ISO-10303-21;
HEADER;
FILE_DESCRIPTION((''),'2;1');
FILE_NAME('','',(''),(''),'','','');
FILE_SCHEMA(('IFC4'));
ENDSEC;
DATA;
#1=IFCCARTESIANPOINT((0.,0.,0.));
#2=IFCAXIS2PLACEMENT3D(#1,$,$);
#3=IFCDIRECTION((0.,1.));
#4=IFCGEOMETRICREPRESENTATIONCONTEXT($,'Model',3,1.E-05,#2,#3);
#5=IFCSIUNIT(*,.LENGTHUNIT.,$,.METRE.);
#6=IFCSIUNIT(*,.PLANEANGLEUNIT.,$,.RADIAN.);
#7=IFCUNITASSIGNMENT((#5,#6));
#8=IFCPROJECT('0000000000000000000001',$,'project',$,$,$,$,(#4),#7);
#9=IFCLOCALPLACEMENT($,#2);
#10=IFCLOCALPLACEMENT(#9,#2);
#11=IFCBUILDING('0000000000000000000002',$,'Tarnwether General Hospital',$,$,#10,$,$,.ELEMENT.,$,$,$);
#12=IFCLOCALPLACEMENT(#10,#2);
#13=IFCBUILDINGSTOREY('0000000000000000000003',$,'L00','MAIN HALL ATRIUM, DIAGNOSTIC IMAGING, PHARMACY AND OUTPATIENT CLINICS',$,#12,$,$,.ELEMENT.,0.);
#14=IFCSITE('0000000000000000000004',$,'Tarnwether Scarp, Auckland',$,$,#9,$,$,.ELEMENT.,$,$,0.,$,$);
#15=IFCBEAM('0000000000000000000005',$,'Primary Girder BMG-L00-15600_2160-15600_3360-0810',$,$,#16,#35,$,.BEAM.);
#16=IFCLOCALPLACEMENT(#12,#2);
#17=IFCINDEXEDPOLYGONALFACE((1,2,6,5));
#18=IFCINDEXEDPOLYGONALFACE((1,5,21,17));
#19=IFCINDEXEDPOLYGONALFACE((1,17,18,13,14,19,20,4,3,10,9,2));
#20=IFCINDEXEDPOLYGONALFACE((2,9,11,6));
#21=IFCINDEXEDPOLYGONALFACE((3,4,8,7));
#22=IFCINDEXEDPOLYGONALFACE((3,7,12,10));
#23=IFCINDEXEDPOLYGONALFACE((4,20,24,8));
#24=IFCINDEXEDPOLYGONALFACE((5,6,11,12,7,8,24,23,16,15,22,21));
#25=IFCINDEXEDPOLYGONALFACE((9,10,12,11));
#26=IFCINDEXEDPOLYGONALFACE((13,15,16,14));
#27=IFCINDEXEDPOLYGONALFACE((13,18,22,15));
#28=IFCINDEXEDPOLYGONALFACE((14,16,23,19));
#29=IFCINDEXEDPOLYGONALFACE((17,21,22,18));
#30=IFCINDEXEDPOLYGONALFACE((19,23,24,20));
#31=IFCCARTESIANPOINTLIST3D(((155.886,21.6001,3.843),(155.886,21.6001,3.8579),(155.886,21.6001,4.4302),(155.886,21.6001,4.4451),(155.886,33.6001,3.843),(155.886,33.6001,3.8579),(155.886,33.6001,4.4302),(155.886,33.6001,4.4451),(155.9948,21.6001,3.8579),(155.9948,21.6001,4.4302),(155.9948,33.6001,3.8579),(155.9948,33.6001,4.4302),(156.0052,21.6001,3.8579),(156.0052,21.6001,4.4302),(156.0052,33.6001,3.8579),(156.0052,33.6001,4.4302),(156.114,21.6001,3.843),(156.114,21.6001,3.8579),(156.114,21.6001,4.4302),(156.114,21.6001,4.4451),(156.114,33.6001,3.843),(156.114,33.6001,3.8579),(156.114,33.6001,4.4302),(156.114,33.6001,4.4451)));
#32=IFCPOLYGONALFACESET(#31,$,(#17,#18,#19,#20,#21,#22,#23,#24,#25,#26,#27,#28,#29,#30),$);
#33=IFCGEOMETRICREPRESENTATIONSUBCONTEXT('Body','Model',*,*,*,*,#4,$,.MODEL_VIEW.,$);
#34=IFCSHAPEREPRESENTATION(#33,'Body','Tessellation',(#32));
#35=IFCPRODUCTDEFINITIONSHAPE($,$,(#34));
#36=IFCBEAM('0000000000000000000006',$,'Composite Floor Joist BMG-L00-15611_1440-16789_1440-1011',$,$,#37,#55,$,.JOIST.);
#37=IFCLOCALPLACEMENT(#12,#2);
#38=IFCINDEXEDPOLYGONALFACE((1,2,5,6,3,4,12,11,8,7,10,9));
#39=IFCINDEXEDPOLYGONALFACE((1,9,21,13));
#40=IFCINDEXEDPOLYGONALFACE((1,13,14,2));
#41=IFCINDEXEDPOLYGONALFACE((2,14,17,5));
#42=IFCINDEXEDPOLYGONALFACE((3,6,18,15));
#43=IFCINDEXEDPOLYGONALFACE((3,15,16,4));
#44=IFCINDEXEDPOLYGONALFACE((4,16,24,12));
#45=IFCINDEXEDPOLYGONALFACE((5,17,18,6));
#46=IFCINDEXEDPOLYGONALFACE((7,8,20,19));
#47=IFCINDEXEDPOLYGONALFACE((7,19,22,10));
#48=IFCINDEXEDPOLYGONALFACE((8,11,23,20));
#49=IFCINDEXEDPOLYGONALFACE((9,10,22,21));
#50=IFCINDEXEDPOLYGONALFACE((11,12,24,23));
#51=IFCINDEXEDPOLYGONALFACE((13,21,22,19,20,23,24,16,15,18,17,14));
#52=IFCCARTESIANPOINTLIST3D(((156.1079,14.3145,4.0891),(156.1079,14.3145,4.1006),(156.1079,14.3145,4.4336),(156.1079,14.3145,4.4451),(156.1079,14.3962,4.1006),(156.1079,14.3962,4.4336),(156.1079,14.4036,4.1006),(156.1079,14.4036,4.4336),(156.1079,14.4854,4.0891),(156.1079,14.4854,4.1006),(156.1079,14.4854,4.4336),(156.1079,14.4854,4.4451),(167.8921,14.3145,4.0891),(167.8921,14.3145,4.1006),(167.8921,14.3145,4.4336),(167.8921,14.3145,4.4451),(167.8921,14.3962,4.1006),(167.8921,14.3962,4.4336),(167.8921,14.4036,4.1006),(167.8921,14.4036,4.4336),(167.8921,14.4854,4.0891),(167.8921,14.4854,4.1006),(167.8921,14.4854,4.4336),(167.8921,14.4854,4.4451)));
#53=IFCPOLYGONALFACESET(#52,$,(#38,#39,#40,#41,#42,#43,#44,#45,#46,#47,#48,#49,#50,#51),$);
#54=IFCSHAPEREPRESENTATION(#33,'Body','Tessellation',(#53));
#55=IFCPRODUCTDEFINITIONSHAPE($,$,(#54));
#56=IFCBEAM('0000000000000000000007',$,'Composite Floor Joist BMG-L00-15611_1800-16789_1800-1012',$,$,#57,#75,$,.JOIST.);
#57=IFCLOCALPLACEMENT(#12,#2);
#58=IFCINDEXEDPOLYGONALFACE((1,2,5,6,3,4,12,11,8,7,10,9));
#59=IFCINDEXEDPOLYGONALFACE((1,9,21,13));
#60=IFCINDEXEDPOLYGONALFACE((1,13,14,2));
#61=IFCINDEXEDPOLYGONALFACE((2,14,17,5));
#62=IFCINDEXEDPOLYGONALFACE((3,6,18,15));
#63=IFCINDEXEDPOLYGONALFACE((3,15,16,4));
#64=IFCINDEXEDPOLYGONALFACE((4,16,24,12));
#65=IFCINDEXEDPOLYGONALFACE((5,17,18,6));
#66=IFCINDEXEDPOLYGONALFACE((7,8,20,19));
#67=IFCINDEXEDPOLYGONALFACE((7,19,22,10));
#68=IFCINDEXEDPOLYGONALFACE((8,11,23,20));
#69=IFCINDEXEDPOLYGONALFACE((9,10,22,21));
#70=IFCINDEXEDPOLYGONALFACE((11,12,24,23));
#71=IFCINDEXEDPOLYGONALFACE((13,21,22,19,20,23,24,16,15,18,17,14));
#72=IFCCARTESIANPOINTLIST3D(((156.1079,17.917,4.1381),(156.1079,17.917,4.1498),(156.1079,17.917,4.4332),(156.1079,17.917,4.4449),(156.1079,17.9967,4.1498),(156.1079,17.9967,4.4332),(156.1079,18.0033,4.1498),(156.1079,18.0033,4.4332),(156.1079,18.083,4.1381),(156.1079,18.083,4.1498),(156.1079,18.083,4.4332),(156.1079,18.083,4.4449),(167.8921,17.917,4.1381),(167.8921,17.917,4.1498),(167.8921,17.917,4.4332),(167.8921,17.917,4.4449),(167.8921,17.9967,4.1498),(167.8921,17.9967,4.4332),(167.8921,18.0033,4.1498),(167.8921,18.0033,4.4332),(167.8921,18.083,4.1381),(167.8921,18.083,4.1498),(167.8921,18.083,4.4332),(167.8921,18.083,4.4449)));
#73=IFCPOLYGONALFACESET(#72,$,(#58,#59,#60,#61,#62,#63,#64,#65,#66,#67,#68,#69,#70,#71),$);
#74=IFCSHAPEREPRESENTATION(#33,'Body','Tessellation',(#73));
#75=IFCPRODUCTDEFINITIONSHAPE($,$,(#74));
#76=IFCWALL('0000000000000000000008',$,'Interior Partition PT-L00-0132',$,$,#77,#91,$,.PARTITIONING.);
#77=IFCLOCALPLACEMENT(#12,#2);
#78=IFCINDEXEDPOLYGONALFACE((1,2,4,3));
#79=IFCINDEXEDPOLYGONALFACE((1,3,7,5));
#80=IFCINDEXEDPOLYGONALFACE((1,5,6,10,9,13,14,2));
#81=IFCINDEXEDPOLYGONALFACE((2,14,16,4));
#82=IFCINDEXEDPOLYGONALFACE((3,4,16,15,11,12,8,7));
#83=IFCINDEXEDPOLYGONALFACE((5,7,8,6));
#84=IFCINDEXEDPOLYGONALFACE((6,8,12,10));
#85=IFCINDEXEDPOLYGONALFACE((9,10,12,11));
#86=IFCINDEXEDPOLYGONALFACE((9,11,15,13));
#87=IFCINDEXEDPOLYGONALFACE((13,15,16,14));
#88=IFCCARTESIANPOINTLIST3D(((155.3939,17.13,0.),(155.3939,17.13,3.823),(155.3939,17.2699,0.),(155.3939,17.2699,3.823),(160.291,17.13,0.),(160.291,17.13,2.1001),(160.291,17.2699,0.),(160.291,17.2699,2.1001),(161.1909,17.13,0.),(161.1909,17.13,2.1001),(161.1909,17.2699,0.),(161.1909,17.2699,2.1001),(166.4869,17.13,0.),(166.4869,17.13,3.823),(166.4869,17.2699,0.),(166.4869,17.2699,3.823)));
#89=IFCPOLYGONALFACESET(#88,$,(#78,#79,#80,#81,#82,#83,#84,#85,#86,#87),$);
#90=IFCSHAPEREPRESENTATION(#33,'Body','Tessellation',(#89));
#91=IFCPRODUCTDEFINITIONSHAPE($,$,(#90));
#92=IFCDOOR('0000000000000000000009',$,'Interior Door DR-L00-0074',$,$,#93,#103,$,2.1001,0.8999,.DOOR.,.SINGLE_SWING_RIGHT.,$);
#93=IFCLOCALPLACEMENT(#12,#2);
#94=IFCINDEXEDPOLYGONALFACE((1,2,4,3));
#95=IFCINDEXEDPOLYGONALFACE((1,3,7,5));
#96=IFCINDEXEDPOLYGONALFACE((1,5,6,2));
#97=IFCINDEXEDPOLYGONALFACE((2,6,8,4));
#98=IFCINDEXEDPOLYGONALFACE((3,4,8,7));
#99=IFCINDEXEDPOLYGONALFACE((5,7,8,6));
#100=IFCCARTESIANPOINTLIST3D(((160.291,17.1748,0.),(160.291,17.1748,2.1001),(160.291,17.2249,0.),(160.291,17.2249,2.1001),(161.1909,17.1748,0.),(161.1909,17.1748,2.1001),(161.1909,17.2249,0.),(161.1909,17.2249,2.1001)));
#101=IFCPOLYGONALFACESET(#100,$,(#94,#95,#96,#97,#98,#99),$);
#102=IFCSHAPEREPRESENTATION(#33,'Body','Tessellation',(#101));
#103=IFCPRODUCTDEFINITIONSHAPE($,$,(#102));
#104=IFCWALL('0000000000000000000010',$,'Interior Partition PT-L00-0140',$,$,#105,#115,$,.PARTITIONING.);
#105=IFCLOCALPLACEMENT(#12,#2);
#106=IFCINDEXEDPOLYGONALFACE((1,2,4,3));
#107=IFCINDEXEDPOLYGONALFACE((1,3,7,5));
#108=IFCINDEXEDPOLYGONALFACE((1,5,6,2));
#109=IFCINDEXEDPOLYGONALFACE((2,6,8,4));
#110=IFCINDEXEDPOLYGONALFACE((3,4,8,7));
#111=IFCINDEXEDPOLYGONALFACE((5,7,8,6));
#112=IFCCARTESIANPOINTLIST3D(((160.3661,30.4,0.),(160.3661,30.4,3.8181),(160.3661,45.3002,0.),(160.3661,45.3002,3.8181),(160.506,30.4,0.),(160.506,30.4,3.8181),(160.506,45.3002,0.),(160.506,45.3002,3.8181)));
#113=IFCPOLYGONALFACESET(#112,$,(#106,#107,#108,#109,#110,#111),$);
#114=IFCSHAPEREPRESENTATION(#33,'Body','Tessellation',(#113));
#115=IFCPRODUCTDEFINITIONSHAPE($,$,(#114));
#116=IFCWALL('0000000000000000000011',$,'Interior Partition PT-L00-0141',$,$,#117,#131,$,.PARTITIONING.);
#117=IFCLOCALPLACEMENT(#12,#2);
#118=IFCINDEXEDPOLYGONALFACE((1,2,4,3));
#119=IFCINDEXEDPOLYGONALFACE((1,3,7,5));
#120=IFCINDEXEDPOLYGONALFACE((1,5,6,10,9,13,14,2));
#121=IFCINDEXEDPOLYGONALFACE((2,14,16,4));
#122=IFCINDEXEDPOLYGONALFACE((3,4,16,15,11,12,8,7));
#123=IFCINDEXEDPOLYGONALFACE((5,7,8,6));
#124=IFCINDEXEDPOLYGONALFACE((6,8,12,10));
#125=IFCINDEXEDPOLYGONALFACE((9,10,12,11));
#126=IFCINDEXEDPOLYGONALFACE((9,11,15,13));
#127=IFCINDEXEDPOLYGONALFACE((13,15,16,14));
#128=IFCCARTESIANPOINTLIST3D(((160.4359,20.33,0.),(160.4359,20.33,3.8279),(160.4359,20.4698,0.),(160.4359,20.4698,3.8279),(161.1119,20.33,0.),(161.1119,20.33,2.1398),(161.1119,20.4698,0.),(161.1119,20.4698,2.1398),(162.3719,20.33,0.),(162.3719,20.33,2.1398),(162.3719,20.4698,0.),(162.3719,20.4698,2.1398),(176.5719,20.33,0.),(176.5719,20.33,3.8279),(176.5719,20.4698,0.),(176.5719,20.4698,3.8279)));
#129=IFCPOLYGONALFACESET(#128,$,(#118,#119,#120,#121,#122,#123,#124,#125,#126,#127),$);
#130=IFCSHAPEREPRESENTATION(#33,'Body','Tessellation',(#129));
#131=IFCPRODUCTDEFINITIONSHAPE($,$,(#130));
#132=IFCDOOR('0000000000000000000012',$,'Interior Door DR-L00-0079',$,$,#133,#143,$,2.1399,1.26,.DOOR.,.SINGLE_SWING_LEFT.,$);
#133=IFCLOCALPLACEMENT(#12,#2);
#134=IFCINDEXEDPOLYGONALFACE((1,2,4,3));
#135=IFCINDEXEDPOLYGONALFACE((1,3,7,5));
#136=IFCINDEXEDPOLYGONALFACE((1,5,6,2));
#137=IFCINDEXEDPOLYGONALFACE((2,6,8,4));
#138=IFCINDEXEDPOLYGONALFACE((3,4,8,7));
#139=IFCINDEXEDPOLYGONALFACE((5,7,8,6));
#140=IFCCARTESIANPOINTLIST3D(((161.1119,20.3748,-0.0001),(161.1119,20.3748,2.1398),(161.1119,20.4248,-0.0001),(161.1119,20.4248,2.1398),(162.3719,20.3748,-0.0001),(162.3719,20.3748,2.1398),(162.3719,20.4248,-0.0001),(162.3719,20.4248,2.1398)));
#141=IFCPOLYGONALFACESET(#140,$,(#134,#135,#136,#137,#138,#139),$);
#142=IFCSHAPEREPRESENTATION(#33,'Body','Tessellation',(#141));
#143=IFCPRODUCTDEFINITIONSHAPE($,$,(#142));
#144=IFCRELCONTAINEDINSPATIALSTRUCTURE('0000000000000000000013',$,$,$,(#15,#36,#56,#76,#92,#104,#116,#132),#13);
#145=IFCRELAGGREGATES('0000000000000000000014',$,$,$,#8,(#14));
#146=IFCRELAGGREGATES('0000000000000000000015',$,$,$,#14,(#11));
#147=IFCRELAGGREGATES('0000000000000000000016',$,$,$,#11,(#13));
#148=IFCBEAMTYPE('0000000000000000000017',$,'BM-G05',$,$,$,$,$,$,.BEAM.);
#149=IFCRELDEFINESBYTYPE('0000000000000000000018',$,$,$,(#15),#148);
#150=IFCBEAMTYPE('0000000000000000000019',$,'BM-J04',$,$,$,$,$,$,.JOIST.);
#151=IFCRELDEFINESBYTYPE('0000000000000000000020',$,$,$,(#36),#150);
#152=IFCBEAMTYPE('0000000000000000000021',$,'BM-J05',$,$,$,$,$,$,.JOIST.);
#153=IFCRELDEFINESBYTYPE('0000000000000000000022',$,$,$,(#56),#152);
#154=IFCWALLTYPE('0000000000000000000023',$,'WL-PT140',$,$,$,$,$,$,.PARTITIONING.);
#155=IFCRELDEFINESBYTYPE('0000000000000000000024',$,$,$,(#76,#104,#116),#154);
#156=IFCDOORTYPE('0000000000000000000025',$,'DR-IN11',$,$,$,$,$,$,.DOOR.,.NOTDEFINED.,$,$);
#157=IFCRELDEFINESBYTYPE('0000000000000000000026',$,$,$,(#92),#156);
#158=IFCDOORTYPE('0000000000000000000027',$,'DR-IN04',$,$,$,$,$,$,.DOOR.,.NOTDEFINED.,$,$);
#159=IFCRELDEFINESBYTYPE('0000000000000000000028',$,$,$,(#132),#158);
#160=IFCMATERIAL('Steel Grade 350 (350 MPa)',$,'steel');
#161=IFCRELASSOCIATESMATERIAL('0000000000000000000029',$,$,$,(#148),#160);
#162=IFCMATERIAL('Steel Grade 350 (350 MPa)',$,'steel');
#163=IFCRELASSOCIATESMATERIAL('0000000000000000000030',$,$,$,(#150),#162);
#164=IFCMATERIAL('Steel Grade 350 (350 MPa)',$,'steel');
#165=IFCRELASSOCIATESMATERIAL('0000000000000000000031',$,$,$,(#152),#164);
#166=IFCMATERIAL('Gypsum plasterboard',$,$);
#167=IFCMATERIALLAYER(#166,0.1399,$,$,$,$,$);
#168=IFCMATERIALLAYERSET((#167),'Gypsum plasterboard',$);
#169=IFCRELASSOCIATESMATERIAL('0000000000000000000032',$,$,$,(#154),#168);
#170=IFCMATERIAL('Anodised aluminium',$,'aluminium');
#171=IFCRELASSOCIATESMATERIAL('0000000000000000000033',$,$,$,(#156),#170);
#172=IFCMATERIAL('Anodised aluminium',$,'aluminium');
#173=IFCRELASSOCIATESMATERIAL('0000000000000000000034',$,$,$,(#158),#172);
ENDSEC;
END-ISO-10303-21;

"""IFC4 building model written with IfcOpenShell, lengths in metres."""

from ifc_helpers import new_model, si_unit, direction, frame, frame_2d, origin, origin_2d, place, context, subcontext, project, spatial, rectangle, i_section, extrude, material, layer, layer_set, material_profile, profile_set, type_object, element, fill, save


model = new_model("IFC4")

# Units and contexts
model_context = context("Model", 3, precision=1e-05, world=origin(), true_north=direction((0.0, 1.0)))
body_context = subcontext(model_context, "Body", "Model", "MODEL_VIEW")
ifc_project = project(units=[si_unit("LENGTHUNIT", "METRE"), si_unit("PLANEANGLEUNIT", "RADIAN")], contexts=[model_context])

# Site, building, storey
site_placement = place(None, origin())
site = spatial("IfcSite", under=ifc_project, at=site_placement, Name="Tarnwether Scarp, Auckland", CompositionType="ELEMENT", RefElevation=0.0)
building_placement = place(site_placement, origin())
building = spatial("IfcBuilding", under=site, at=building_placement, Name="Tarnwether General Hospital", CompositionType="ELEMENT")
storey_placement = place(building_placement, origin())
storey = spatial("IfcBuildingStorey", under=building, at=storey_placement, Name="L00", Description="MAIN HALL ATRIUM, DIAGNOSTIC IMAGING, PHARMACY AND OUTPATIENT CLINICS", CompositionType="ELEMENT", Elevation=0.0)

# Beams
ifc_material_1 = material(Name="Steel Grade 350 (350 MPa)", Category="steel")
ifc_material_profile_1 = material_profile(ifc_material_1, i_section(OverallWidth=0.228, OverallDepth=0.6021, WebThickness=0.0105, FlangeThickness=0.0149, at=origin_2d()), Name="610UB101")
ifc_profile_set_1 = profile_set([ifc_material_profile_1], Name="Steel Grade 350 (350 MPa)")
beam_type_1 = type_object("IfcBeamType", Name="BM-G05", PredefinedType="BEAM", material=ifc_profile_set_1)
beam_1_placement = place(storey_placement, frame((156.0, 21.6001, 4.144), z_axis=(0.0, 1.0, 0.0), x_axis=(-1.0, 0.0, 0.0)))
element("IfcBeam", 1, at=beam_1_placement, inside=storey, type_object=beam_type_1, Name="Primary Girder BMG-L00-15600_2160-15600_3360-0810", PredefinedType="BEAM", context=body_context, shape_type="SweptSolid", body=[
    extrude(i_section(OverallWidth=0.228, OverallDepth=0.6021, WebThickness=0.0105, FlangeThickness=0.0149, at=origin_2d()), origin(), (0.0, 0.0, 1.0), 12.0),
])
ifc_material_2 = material(Name="Steel Grade 350 (350 MPa)", Category="steel")
ifc_material_profile_2 = material_profile(ifc_material_2, i_section(OverallWidth=0.1709, OverallDepth=0.356, WebThickness=0.0073, FlangeThickness=0.0115, at=origin_2d()), Name="360UB50.7")
ifc_profile_set_2 = profile_set([ifc_material_profile_2], Name="Steel Grade 350 (350 MPa)")
beam_type_2 = type_object("IfcBeamType", Name="BM-J04", PredefinedType="JOIST", material=ifc_profile_set_2)
beam_2_placement = place(storey_placement, frame((156.1079, 14.3999, 4.2671), z_axis=(1.0, 0.0, 0.0), x_axis=(0.0, 1.0, 0.0)))
element("IfcBeam", 2, at=beam_2_placement, inside=storey, type_object=beam_type_2, Name="Composite Floor Joist BMG-L00-15611_1440-16789_1440-1011", PredefinedType="JOIST", context=body_context, shape_type="SweptSolid", body=[
    extrude(i_section(OverallWidth=0.1709, OverallDepth=0.356, WebThickness=0.0073, FlangeThickness=0.0115, at=origin_2d()), origin(), (0.0, 0.0, 1.0), 11.7842),
])
ifc_material_3 = material(Name="Steel Grade 350 (350 MPa)", Category="steel")
ifc_material_profile_3 = material_profile(ifc_material_3, i_section(OverallWidth=0.166, OverallDepth=0.3069, WebThickness=0.0066, FlangeThickness=0.0117, at=origin_2d()), Name="310UB46.2")
ifc_profile_set_3 = profile_set([ifc_material_profile_3], Name="Steel Grade 350 (350 MPa)")
beam_type_3 = type_object("IfcBeamType", Name="BM-J05", PredefinedType="JOIST", material=ifc_profile_set_3)
beam_3_placement = place(storey_placement, frame((156.1079, 18.0, 4.2915), z_axis=(1.0, 0.0, 0.0), x_axis=(0.0, 1.0, 0.0)))
element("IfcBeam", 3, at=beam_3_placement, inside=storey, type_object=beam_type_3, Name="Composite Floor Joist BMG-L00-15611_1800-16789_1800-1012", PredefinedType="JOIST", context=body_context, shape_type="SweptSolid", body=[
    extrude(i_section(OverallWidth=0.166, OverallDepth=0.3069, WebThickness=0.0066, FlangeThickness=0.0117, at=origin_2d()), origin(), (0.0, 0.0, 1.0), 11.7842),
])

# Wall, opening, door
ifc_material_4 = material(Name="Gypsum plasterboard")
ifc_layer_1 = layer(ifc_material_4, 0.1399)
ifc_layer_set_1 = layer_set([ifc_layer_1], Name="Gypsum plasterboard")
wall_type_1 = type_object("IfcWallType", Name="WL-PT140", PredefinedType="PARTITIONING", material=ifc_layer_set_1)
wall_1_placement = place(storey_placement, frame((155.394, 17.2, 0.0), z_axis=(0.0, 0.0, 1.0), x_axis=(1.0, 0.0, 0.0)))
wall_1 = element("IfcWall", 4, at=wall_1_placement, inside=storey, type_object=wall_type_1, Name="Interior Partition PT-L00-0132", PredefinedType="PARTITIONING", context=body_context, shape_type="SweptSolid", body=[
    extrude(rectangle(XDim=11.093, YDim=0.1399, at=frame_2d((5.5464, 0.0))), origin(), (0.0, 0.0, 1.0), 3.823),
])
opening_1_placement = place(wall_1_placement, frame((4.897, 0.0, 0.0)))
opening_1 = element("IfcOpeningElement", 5, at=opening_1_placement, cuts=wall_1, PredefinedType="OPENING", context=body_context, shape_type="SweptSolid", body=[
    extrude(rectangle(XDim=0.8999, YDim=2.1001, at=frame_2d((0.45, 1.05))), frame((0.0, 0.0801, 0.0), z_axis=(0.0, -1.0, 0.0), x_axis=(1.0, 0.0, 0.0)), (0.0, 0.0, 1.0), 0.1599),
])
ifc_material_5 = material(Name="Anodised aluminium", Category="aluminium")
door_type_1 = type_object("IfcDoorType", Name="DR-IN11", OperationType="NOTDEFINED", PredefinedType="DOOR", material=ifc_material_5)
door_1_placement = place(opening_1_placement, origin())
door_1 = element("IfcDoor", 6, at=door_1_placement, inside=storey, type_object=door_type_1, Name="Interior Door DR-L00-0074", OperationType="SINGLE_SWING_RIGHT", OverallHeight=2.1001, OverallWidth=0.8999, PredefinedType="DOOR", context=body_context, shape_type="SweptSolid", body=[
    extrude(rectangle(XDim=0.8999, YDim=2.1001, at=frame_2d((0.45, 1.05))), frame((0.0, 0.0249, 0.0), z_axis=(0.0, -1.0, 0.0), x_axis=(1.0, 0.0, 0.0)), (0.0, 0.0, 1.0), 0.05),
])
fill(opening_1, door_1)

# Wall
wall_2_placement = place(storey_placement, frame((160.436, 30.3999, 0.0), z_axis=(0.0, 0.0, 1.0), x_axis=(0.0, 1.0, 0.0)))
element("IfcWall", 7, at=wall_2_placement, inside=storey, type_object=wall_type_1, Name="Interior Partition PT-L00-0140", PredefinedType="PARTITIONING", context=body_context, shape_type="SweptSolid", body=[
    extrude(rectangle(XDim=14.9001, YDim=0.1399, at=frame_2d((7.4502, 0.0))), origin(), (0.0, 0.0, 1.0), 3.8181),
])

# Wall, opening, door
wall_3_placement = place(storey_placement, frame((160.436, 20.3999, 0.0), z_axis=(0.0, 0.0, 1.0), x_axis=(1.0, 0.0, 0.0)))
wall_3 = element("IfcWall", 8, at=wall_3_placement, inside=storey, type_object=wall_type_1, Name="Interior Partition PT-L00-0141", PredefinedType="PARTITIONING", context=body_context, shape_type="SweptSolid", body=[
    extrude(rectangle(XDim=16.136, YDim=0.1399, at=frame_2d((8.0679, 0.0))), origin(), (0.0, 0.0, 1.0), 3.8279),
])
opening_2_placement = place(wall_3_placement, frame((0.676, 0.0, 0.0)))
opening_2 = element("IfcOpeningElement", 9, at=opening_2_placement, cuts=wall_3, PredefinedType="OPENING", context=body_context, shape_type="SweptSolid", body=[
    extrude(rectangle(XDim=1.26, YDim=2.1399, at=frame_2d((0.6299, 1.0698))), frame((0.0, 0.0801, 0.0), z_axis=(0.0, -1.0, 0.0), x_axis=(1.0, 0.0, 0.0)), (0.0, 0.0, 1.0), 0.1599),
])
ifc_material_6 = material(Name="Anodised aluminium", Category="aluminium")
door_type_2 = type_object("IfcDoorType", Name="DR-IN04", OperationType="NOTDEFINED", PredefinedType="DOOR", material=ifc_material_6)
door_2_placement = place(opening_2_placement, origin())
door_2 = element("IfcDoor", 10, at=door_2_placement, inside=storey, type_object=door_type_2, Name="Interior Door DR-L00-0079", OperationType="SINGLE_SWING_LEFT", OverallHeight=2.1399, OverallWidth=1.26, PredefinedType="DOOR", context=body_context, shape_type="SweptSolid", body=[
    extrude(rectangle(XDim=1.26, YDim=2.1399, at=frame_2d((0.6299, 1.0698))), frame((0.0, 0.0249, 0.0), z_axis=(0.0, -1.0, 0.0), x_axis=(1.0, 0.0, 0.0)), (0.0, 0.0, 1.0), 0.05),
])
fill(opening_2, door_2)

save(model, "model.ifc")
